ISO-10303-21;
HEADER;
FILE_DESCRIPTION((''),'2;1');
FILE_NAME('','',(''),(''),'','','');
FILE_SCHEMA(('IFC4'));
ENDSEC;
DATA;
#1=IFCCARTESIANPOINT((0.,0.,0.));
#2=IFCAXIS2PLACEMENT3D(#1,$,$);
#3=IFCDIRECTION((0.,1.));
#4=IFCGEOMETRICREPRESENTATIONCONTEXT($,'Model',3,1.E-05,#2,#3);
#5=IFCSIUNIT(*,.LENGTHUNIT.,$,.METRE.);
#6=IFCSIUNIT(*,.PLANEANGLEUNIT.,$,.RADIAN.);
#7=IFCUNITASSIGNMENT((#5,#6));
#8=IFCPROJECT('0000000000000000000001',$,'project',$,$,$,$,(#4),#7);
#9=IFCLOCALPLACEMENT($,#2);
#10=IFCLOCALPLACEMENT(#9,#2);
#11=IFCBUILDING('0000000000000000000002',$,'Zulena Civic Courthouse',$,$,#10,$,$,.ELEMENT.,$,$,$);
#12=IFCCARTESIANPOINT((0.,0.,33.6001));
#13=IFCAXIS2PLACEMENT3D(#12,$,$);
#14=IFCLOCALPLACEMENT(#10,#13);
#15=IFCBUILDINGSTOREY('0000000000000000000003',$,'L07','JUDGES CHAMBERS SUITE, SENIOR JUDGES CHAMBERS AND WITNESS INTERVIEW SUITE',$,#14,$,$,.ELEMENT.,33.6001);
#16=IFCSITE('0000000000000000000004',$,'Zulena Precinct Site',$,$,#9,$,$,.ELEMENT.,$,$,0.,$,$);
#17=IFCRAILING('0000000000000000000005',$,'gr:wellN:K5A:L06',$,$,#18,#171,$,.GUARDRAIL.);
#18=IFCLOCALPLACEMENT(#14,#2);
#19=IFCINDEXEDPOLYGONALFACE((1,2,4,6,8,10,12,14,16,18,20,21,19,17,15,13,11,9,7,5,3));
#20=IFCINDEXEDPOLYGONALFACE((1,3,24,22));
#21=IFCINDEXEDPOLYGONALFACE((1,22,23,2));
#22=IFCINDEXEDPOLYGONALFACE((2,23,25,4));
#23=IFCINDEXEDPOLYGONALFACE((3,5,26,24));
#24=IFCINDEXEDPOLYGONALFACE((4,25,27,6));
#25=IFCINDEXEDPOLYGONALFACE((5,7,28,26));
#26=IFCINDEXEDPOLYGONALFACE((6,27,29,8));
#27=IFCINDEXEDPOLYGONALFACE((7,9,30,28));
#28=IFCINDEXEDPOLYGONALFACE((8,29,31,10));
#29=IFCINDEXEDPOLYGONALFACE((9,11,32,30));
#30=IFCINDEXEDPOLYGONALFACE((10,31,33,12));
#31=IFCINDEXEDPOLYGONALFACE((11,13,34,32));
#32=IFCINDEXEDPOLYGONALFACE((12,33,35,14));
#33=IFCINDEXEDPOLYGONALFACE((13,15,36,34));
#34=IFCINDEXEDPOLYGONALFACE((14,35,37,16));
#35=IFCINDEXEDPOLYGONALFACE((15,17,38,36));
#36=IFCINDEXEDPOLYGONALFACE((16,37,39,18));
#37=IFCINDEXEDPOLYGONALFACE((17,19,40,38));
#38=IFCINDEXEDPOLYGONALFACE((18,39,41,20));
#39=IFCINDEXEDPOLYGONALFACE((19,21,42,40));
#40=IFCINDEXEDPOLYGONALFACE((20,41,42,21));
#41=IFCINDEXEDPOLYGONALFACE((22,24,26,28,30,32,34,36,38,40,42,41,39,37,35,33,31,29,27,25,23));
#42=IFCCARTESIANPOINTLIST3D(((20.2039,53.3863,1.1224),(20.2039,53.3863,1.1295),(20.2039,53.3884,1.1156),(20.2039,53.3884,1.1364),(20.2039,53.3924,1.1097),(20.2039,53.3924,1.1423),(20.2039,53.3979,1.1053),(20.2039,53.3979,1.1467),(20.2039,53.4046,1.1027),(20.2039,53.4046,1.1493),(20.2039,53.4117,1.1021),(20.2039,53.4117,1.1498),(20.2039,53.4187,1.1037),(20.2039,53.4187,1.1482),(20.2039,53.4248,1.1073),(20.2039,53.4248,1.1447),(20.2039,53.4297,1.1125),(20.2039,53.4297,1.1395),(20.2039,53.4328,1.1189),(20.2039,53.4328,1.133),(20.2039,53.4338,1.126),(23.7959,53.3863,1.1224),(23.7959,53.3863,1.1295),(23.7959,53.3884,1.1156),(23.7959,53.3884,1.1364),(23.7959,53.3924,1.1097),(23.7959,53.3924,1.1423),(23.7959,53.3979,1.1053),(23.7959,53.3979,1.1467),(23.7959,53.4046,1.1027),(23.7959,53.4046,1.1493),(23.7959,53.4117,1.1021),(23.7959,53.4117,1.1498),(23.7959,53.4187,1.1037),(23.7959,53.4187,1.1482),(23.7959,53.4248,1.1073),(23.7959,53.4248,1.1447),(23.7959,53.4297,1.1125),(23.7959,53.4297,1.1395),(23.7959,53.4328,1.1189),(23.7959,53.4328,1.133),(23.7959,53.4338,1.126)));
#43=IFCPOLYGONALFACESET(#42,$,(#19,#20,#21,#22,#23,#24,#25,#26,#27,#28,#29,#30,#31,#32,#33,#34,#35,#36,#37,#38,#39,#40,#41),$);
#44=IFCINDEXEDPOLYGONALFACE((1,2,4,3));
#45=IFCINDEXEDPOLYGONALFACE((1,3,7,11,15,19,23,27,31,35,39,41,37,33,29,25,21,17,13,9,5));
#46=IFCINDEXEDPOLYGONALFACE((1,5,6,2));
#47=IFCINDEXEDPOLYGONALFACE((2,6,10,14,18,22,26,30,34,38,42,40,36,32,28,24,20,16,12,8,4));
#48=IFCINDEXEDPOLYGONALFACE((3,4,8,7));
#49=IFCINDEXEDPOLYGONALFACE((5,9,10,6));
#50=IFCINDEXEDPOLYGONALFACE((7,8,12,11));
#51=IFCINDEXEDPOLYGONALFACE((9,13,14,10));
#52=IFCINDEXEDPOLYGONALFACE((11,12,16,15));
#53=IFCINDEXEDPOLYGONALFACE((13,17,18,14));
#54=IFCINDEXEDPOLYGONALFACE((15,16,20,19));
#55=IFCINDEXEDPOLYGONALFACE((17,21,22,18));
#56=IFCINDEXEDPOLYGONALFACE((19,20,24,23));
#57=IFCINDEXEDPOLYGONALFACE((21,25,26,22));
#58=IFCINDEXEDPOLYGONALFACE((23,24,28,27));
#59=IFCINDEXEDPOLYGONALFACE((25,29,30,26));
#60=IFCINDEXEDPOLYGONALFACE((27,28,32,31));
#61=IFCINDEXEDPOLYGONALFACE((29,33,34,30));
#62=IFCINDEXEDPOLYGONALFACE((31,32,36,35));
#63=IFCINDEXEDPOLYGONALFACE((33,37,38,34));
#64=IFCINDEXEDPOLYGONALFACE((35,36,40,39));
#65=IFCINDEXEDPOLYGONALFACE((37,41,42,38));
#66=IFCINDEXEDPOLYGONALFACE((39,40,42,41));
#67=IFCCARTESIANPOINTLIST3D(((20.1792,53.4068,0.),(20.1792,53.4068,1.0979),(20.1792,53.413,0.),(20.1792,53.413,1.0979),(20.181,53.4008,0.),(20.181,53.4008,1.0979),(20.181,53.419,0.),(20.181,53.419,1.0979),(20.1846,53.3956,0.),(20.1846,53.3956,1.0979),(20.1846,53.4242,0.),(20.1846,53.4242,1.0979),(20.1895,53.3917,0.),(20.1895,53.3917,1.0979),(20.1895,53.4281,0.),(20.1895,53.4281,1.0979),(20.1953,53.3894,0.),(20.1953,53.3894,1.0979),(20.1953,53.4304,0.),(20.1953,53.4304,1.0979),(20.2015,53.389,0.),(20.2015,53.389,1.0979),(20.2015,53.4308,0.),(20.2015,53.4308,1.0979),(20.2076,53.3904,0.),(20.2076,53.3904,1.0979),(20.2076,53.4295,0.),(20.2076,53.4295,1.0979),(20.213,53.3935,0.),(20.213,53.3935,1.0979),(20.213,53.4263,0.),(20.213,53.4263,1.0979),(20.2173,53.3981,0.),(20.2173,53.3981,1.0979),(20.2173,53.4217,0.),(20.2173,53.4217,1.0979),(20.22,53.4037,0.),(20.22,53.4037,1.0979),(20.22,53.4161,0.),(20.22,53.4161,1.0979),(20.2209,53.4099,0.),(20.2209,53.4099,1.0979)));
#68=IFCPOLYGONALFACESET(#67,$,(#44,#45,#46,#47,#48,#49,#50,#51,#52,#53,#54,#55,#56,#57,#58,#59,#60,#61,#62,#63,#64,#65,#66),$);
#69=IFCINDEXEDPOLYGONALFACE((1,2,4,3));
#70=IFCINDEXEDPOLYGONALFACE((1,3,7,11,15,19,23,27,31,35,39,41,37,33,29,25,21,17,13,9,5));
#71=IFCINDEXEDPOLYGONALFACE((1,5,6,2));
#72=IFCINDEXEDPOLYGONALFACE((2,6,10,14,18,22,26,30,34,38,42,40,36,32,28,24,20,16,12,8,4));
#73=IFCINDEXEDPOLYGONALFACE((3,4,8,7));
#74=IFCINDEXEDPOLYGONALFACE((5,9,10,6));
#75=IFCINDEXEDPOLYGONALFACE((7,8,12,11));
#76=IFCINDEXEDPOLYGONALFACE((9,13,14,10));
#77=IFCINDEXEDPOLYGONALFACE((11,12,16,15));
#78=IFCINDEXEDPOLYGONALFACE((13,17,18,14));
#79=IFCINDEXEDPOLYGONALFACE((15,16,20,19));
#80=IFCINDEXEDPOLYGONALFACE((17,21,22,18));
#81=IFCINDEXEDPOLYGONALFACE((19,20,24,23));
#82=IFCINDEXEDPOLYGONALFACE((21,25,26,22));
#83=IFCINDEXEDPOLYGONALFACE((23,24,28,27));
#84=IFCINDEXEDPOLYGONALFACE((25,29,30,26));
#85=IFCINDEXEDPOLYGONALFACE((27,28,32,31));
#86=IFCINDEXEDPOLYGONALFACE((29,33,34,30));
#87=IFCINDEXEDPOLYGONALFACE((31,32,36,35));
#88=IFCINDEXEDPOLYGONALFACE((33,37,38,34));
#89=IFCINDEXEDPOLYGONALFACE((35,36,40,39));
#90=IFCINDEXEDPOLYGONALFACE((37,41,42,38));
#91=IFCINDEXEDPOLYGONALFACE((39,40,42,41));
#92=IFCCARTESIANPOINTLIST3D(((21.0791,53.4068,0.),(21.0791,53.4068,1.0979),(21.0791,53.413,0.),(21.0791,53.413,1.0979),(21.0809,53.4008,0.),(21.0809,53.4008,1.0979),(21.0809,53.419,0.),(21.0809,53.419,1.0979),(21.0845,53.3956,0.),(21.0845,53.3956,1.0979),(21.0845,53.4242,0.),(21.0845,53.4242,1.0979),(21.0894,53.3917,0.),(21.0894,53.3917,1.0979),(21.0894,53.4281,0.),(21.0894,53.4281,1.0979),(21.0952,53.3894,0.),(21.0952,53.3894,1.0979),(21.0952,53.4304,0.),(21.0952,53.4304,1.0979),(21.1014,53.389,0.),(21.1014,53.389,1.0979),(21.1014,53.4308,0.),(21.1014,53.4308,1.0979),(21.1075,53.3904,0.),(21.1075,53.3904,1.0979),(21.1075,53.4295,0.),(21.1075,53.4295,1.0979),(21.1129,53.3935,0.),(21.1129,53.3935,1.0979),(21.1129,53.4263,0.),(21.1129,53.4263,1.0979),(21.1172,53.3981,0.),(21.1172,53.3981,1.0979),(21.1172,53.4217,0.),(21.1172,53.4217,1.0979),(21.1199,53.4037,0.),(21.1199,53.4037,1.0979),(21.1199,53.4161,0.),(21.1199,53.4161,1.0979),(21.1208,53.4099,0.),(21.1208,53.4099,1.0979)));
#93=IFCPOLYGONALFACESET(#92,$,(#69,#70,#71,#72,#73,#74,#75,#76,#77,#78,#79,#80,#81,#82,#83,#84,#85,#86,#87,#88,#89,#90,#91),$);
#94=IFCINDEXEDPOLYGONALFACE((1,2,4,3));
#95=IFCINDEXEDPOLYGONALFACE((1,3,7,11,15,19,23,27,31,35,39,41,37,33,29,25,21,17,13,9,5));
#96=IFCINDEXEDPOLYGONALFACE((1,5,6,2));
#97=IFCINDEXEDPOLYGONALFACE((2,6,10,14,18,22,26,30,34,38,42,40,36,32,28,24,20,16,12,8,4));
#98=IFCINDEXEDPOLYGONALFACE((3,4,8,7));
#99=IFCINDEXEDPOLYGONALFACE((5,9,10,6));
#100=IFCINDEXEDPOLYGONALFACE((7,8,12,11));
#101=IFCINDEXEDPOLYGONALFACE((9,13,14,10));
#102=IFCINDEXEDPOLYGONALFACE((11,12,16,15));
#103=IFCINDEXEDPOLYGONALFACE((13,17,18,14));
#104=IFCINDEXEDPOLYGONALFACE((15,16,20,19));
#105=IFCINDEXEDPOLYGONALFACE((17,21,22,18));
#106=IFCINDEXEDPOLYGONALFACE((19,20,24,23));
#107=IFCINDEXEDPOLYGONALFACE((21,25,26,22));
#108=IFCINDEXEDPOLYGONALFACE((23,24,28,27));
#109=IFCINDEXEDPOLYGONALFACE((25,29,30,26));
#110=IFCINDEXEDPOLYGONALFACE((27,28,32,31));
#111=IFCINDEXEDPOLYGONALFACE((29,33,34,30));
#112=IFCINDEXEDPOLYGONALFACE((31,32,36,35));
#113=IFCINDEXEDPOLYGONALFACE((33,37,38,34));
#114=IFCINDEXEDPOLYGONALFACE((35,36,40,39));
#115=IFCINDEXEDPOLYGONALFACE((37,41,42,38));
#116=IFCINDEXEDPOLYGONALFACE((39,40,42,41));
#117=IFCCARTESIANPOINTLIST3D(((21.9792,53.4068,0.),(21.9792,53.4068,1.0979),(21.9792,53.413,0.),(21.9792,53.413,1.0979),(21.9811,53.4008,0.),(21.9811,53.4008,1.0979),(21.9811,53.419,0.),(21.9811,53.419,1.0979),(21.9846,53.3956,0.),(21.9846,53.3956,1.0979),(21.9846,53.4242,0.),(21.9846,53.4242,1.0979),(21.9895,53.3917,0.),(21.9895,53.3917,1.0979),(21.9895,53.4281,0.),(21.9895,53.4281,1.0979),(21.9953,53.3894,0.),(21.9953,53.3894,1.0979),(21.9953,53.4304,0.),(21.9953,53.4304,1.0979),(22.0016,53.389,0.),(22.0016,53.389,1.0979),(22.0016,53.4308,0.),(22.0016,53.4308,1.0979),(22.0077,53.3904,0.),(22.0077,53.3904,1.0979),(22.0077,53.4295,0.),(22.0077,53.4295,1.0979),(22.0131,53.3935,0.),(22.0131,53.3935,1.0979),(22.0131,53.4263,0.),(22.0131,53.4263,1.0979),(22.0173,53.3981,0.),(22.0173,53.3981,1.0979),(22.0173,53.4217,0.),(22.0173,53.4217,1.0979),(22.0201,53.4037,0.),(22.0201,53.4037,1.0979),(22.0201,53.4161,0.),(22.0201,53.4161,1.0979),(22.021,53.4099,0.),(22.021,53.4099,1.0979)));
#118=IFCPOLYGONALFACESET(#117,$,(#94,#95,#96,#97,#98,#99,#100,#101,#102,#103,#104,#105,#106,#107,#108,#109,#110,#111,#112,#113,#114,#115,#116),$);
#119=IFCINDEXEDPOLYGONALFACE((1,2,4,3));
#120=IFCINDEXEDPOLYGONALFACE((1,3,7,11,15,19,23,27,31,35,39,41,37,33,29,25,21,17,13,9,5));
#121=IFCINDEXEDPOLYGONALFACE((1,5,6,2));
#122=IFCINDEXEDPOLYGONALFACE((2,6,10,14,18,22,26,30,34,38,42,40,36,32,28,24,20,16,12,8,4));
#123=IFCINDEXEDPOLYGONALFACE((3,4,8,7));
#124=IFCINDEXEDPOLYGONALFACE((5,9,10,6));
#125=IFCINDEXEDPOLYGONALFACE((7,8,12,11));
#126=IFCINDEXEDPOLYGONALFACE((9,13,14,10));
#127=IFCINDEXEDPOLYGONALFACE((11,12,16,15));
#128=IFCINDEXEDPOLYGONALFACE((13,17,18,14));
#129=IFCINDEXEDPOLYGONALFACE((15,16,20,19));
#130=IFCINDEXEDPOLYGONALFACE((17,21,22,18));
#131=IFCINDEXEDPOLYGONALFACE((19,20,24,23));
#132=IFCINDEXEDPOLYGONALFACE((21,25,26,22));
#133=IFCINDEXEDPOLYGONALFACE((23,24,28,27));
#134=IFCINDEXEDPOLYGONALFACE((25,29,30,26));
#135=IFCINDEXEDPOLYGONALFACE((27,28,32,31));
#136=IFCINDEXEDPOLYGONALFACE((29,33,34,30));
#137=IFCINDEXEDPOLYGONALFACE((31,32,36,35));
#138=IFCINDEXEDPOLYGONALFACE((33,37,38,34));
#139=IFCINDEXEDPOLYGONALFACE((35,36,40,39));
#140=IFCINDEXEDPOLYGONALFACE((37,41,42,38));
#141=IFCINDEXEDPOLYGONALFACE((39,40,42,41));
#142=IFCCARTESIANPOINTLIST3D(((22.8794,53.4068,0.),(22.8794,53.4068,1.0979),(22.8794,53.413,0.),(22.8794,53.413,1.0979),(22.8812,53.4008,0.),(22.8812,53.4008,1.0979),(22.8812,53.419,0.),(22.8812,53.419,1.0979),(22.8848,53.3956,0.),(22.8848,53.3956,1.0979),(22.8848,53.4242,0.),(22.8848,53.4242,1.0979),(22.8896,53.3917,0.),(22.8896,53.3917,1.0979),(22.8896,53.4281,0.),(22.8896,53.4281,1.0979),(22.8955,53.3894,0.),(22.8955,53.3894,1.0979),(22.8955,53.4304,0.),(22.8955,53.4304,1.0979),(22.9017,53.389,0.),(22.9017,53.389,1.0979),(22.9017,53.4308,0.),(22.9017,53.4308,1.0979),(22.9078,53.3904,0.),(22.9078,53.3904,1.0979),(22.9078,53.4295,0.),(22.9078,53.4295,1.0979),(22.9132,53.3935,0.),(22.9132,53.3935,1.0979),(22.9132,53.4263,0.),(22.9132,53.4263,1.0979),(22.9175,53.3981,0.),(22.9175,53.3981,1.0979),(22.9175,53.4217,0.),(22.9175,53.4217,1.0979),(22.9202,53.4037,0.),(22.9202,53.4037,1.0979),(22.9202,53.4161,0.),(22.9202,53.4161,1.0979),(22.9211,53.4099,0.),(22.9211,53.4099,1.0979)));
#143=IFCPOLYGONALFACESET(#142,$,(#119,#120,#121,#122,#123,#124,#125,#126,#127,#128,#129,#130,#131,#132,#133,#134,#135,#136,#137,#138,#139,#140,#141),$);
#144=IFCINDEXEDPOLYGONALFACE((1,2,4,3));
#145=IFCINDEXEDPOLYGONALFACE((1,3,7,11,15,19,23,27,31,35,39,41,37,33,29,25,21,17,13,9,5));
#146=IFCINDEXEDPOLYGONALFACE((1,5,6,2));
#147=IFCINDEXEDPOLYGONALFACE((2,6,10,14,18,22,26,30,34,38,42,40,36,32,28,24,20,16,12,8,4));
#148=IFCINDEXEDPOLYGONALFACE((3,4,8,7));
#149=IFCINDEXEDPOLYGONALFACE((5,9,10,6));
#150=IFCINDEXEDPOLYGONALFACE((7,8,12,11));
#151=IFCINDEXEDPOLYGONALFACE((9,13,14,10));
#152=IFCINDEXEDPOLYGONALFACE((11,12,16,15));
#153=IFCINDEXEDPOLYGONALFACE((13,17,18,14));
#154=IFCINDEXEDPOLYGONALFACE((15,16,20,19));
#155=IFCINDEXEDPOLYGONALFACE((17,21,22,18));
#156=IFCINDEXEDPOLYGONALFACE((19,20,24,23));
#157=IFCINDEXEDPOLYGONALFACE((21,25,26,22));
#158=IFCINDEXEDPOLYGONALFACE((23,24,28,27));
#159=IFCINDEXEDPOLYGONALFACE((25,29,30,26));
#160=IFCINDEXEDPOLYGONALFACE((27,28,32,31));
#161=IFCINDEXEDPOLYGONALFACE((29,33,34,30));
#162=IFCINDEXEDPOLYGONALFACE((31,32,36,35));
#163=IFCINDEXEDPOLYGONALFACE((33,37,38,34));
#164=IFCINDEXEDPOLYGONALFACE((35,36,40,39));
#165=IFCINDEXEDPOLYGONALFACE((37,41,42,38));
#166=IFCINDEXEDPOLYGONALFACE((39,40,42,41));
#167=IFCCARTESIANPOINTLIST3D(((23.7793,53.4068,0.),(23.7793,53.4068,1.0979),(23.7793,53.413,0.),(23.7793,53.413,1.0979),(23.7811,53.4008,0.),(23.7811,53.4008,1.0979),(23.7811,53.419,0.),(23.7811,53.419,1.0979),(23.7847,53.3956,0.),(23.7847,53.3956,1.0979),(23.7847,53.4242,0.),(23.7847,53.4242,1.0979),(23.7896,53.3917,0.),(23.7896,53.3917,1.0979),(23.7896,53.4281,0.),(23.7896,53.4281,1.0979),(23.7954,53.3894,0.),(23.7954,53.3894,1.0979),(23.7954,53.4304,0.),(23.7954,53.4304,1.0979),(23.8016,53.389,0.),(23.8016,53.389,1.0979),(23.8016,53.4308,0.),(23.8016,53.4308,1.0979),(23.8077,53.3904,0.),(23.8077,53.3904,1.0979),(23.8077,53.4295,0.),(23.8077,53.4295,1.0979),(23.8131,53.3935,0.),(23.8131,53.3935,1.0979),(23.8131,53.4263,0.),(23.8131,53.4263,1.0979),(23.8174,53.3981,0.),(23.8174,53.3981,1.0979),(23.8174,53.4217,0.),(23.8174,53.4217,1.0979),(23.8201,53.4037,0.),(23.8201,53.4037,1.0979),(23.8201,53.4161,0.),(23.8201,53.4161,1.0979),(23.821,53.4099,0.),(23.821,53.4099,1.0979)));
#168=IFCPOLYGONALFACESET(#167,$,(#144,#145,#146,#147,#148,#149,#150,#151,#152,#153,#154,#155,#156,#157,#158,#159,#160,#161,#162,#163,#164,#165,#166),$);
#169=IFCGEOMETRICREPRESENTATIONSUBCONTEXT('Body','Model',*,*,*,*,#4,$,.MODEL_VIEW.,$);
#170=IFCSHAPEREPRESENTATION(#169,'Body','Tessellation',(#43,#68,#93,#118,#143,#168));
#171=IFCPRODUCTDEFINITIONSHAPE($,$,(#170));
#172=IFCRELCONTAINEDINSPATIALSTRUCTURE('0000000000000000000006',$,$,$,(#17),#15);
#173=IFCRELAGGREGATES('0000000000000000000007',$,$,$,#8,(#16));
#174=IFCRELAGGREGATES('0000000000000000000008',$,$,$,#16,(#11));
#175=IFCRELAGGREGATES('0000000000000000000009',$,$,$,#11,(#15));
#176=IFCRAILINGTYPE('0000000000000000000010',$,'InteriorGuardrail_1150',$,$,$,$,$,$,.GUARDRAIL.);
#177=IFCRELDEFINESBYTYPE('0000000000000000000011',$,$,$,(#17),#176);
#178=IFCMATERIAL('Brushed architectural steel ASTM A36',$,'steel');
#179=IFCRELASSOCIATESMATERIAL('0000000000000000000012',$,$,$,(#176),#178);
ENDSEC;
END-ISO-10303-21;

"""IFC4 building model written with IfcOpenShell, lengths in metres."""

from ifc_helpers import new_model, si_unit, direction, frame, origin, origin_2d, place, context, subcontext, project, spatial, circle, extrude, material, type_object, element, save


model = new_model("IFC4")

# Units and contexts
model_context = context("Model", 3, precision=1e-05, world=origin(), true_north=direction((0.0, 1.0)))
body_context = subcontext(model_context, "Body", "Model", "MODEL_VIEW")
ifc_project = project(units=[si_unit("LENGTHUNIT", "METRE"), si_unit("PLANEANGLEUNIT", "RADIAN")], contexts=[model_context])

# Site, building, storey
site_placement = place(None, origin())
site = spatial("IfcSite", under=ifc_project, at=site_placement, Name="Zulena Precinct Site", CompositionType="ELEMENT", RefElevation=0.0)
building_placement = place(site_placement, origin())
building = spatial("IfcBuilding", under=site, at=building_placement, Name="Zulena Civic Courthouse", CompositionType="ELEMENT")
storey_placement = place(building_placement, frame((0.0, 0.0, 33.6001)))
storey = spatial("IfcBuildingStorey", under=building, at=storey_placement, Name="L07", Description="JUDGES CHAMBERS SUITE, SENIOR JUDGES CHAMBERS AND WITNESS INTERVIEW SUITE", CompositionType="ELEMENT", Elevation=33.6001)

# Railing
ifc_material_1 = material(Name="Brushed architectural steel ASTM A36", Category="steel")
railing_type_1 = type_object("IfcRailingType", Name="InteriorGuardrail_1150", PredefinedType="GUARDRAIL", material=ifc_material_1)
railing_1_placement = place(storey_placement, frame((20.2, 53.4099, 0.0)))
element("IfcRailing", 1, at=railing_1_placement, inside=storey, type_object=railing_type_1, Name="gr:wellN:K5A:L06", PredefinedType="GUARDRAIL", context=body_context, shape_type="SweptSolid", body=[
    extrude(circle(Radius=0.0239, at=origin_2d()), frame((0.0039, 0.0, 1.126), z_axis=(1.0, 0.0, 0.0), x_axis=(0.0, 1.0, 0.0)), (0.0, 0.0, 1.0), 3.592),
    extrude(circle(Radius=0.021, at=origin_2d()), origin(), (0.0, 0.0, 1.0), 1.0979),
    extrude(circle(Radius=0.021, at=origin_2d()), frame((0.8999, 0.0, 0.0)), (0.0, 0.0, 1.0), 1.0979),
    extrude(circle(Radius=0.021, at=origin_2d()), frame((1.8, 0.0, 0.0)), (0.0, 0.0, 1.0), 1.0979),
    extrude(circle(Radius=0.021, at=origin_2d()), frame((2.7002, 0.0, 0.0)), (0.0, 0.0, 1.0), 1.0979),
    extrude(circle(Radius=0.021, at=origin_2d()), frame((3.6001, 0.0, 0.0)), (0.0, 0.0, 1.0), 1.0979),
])

save(model, "model.ifc")
